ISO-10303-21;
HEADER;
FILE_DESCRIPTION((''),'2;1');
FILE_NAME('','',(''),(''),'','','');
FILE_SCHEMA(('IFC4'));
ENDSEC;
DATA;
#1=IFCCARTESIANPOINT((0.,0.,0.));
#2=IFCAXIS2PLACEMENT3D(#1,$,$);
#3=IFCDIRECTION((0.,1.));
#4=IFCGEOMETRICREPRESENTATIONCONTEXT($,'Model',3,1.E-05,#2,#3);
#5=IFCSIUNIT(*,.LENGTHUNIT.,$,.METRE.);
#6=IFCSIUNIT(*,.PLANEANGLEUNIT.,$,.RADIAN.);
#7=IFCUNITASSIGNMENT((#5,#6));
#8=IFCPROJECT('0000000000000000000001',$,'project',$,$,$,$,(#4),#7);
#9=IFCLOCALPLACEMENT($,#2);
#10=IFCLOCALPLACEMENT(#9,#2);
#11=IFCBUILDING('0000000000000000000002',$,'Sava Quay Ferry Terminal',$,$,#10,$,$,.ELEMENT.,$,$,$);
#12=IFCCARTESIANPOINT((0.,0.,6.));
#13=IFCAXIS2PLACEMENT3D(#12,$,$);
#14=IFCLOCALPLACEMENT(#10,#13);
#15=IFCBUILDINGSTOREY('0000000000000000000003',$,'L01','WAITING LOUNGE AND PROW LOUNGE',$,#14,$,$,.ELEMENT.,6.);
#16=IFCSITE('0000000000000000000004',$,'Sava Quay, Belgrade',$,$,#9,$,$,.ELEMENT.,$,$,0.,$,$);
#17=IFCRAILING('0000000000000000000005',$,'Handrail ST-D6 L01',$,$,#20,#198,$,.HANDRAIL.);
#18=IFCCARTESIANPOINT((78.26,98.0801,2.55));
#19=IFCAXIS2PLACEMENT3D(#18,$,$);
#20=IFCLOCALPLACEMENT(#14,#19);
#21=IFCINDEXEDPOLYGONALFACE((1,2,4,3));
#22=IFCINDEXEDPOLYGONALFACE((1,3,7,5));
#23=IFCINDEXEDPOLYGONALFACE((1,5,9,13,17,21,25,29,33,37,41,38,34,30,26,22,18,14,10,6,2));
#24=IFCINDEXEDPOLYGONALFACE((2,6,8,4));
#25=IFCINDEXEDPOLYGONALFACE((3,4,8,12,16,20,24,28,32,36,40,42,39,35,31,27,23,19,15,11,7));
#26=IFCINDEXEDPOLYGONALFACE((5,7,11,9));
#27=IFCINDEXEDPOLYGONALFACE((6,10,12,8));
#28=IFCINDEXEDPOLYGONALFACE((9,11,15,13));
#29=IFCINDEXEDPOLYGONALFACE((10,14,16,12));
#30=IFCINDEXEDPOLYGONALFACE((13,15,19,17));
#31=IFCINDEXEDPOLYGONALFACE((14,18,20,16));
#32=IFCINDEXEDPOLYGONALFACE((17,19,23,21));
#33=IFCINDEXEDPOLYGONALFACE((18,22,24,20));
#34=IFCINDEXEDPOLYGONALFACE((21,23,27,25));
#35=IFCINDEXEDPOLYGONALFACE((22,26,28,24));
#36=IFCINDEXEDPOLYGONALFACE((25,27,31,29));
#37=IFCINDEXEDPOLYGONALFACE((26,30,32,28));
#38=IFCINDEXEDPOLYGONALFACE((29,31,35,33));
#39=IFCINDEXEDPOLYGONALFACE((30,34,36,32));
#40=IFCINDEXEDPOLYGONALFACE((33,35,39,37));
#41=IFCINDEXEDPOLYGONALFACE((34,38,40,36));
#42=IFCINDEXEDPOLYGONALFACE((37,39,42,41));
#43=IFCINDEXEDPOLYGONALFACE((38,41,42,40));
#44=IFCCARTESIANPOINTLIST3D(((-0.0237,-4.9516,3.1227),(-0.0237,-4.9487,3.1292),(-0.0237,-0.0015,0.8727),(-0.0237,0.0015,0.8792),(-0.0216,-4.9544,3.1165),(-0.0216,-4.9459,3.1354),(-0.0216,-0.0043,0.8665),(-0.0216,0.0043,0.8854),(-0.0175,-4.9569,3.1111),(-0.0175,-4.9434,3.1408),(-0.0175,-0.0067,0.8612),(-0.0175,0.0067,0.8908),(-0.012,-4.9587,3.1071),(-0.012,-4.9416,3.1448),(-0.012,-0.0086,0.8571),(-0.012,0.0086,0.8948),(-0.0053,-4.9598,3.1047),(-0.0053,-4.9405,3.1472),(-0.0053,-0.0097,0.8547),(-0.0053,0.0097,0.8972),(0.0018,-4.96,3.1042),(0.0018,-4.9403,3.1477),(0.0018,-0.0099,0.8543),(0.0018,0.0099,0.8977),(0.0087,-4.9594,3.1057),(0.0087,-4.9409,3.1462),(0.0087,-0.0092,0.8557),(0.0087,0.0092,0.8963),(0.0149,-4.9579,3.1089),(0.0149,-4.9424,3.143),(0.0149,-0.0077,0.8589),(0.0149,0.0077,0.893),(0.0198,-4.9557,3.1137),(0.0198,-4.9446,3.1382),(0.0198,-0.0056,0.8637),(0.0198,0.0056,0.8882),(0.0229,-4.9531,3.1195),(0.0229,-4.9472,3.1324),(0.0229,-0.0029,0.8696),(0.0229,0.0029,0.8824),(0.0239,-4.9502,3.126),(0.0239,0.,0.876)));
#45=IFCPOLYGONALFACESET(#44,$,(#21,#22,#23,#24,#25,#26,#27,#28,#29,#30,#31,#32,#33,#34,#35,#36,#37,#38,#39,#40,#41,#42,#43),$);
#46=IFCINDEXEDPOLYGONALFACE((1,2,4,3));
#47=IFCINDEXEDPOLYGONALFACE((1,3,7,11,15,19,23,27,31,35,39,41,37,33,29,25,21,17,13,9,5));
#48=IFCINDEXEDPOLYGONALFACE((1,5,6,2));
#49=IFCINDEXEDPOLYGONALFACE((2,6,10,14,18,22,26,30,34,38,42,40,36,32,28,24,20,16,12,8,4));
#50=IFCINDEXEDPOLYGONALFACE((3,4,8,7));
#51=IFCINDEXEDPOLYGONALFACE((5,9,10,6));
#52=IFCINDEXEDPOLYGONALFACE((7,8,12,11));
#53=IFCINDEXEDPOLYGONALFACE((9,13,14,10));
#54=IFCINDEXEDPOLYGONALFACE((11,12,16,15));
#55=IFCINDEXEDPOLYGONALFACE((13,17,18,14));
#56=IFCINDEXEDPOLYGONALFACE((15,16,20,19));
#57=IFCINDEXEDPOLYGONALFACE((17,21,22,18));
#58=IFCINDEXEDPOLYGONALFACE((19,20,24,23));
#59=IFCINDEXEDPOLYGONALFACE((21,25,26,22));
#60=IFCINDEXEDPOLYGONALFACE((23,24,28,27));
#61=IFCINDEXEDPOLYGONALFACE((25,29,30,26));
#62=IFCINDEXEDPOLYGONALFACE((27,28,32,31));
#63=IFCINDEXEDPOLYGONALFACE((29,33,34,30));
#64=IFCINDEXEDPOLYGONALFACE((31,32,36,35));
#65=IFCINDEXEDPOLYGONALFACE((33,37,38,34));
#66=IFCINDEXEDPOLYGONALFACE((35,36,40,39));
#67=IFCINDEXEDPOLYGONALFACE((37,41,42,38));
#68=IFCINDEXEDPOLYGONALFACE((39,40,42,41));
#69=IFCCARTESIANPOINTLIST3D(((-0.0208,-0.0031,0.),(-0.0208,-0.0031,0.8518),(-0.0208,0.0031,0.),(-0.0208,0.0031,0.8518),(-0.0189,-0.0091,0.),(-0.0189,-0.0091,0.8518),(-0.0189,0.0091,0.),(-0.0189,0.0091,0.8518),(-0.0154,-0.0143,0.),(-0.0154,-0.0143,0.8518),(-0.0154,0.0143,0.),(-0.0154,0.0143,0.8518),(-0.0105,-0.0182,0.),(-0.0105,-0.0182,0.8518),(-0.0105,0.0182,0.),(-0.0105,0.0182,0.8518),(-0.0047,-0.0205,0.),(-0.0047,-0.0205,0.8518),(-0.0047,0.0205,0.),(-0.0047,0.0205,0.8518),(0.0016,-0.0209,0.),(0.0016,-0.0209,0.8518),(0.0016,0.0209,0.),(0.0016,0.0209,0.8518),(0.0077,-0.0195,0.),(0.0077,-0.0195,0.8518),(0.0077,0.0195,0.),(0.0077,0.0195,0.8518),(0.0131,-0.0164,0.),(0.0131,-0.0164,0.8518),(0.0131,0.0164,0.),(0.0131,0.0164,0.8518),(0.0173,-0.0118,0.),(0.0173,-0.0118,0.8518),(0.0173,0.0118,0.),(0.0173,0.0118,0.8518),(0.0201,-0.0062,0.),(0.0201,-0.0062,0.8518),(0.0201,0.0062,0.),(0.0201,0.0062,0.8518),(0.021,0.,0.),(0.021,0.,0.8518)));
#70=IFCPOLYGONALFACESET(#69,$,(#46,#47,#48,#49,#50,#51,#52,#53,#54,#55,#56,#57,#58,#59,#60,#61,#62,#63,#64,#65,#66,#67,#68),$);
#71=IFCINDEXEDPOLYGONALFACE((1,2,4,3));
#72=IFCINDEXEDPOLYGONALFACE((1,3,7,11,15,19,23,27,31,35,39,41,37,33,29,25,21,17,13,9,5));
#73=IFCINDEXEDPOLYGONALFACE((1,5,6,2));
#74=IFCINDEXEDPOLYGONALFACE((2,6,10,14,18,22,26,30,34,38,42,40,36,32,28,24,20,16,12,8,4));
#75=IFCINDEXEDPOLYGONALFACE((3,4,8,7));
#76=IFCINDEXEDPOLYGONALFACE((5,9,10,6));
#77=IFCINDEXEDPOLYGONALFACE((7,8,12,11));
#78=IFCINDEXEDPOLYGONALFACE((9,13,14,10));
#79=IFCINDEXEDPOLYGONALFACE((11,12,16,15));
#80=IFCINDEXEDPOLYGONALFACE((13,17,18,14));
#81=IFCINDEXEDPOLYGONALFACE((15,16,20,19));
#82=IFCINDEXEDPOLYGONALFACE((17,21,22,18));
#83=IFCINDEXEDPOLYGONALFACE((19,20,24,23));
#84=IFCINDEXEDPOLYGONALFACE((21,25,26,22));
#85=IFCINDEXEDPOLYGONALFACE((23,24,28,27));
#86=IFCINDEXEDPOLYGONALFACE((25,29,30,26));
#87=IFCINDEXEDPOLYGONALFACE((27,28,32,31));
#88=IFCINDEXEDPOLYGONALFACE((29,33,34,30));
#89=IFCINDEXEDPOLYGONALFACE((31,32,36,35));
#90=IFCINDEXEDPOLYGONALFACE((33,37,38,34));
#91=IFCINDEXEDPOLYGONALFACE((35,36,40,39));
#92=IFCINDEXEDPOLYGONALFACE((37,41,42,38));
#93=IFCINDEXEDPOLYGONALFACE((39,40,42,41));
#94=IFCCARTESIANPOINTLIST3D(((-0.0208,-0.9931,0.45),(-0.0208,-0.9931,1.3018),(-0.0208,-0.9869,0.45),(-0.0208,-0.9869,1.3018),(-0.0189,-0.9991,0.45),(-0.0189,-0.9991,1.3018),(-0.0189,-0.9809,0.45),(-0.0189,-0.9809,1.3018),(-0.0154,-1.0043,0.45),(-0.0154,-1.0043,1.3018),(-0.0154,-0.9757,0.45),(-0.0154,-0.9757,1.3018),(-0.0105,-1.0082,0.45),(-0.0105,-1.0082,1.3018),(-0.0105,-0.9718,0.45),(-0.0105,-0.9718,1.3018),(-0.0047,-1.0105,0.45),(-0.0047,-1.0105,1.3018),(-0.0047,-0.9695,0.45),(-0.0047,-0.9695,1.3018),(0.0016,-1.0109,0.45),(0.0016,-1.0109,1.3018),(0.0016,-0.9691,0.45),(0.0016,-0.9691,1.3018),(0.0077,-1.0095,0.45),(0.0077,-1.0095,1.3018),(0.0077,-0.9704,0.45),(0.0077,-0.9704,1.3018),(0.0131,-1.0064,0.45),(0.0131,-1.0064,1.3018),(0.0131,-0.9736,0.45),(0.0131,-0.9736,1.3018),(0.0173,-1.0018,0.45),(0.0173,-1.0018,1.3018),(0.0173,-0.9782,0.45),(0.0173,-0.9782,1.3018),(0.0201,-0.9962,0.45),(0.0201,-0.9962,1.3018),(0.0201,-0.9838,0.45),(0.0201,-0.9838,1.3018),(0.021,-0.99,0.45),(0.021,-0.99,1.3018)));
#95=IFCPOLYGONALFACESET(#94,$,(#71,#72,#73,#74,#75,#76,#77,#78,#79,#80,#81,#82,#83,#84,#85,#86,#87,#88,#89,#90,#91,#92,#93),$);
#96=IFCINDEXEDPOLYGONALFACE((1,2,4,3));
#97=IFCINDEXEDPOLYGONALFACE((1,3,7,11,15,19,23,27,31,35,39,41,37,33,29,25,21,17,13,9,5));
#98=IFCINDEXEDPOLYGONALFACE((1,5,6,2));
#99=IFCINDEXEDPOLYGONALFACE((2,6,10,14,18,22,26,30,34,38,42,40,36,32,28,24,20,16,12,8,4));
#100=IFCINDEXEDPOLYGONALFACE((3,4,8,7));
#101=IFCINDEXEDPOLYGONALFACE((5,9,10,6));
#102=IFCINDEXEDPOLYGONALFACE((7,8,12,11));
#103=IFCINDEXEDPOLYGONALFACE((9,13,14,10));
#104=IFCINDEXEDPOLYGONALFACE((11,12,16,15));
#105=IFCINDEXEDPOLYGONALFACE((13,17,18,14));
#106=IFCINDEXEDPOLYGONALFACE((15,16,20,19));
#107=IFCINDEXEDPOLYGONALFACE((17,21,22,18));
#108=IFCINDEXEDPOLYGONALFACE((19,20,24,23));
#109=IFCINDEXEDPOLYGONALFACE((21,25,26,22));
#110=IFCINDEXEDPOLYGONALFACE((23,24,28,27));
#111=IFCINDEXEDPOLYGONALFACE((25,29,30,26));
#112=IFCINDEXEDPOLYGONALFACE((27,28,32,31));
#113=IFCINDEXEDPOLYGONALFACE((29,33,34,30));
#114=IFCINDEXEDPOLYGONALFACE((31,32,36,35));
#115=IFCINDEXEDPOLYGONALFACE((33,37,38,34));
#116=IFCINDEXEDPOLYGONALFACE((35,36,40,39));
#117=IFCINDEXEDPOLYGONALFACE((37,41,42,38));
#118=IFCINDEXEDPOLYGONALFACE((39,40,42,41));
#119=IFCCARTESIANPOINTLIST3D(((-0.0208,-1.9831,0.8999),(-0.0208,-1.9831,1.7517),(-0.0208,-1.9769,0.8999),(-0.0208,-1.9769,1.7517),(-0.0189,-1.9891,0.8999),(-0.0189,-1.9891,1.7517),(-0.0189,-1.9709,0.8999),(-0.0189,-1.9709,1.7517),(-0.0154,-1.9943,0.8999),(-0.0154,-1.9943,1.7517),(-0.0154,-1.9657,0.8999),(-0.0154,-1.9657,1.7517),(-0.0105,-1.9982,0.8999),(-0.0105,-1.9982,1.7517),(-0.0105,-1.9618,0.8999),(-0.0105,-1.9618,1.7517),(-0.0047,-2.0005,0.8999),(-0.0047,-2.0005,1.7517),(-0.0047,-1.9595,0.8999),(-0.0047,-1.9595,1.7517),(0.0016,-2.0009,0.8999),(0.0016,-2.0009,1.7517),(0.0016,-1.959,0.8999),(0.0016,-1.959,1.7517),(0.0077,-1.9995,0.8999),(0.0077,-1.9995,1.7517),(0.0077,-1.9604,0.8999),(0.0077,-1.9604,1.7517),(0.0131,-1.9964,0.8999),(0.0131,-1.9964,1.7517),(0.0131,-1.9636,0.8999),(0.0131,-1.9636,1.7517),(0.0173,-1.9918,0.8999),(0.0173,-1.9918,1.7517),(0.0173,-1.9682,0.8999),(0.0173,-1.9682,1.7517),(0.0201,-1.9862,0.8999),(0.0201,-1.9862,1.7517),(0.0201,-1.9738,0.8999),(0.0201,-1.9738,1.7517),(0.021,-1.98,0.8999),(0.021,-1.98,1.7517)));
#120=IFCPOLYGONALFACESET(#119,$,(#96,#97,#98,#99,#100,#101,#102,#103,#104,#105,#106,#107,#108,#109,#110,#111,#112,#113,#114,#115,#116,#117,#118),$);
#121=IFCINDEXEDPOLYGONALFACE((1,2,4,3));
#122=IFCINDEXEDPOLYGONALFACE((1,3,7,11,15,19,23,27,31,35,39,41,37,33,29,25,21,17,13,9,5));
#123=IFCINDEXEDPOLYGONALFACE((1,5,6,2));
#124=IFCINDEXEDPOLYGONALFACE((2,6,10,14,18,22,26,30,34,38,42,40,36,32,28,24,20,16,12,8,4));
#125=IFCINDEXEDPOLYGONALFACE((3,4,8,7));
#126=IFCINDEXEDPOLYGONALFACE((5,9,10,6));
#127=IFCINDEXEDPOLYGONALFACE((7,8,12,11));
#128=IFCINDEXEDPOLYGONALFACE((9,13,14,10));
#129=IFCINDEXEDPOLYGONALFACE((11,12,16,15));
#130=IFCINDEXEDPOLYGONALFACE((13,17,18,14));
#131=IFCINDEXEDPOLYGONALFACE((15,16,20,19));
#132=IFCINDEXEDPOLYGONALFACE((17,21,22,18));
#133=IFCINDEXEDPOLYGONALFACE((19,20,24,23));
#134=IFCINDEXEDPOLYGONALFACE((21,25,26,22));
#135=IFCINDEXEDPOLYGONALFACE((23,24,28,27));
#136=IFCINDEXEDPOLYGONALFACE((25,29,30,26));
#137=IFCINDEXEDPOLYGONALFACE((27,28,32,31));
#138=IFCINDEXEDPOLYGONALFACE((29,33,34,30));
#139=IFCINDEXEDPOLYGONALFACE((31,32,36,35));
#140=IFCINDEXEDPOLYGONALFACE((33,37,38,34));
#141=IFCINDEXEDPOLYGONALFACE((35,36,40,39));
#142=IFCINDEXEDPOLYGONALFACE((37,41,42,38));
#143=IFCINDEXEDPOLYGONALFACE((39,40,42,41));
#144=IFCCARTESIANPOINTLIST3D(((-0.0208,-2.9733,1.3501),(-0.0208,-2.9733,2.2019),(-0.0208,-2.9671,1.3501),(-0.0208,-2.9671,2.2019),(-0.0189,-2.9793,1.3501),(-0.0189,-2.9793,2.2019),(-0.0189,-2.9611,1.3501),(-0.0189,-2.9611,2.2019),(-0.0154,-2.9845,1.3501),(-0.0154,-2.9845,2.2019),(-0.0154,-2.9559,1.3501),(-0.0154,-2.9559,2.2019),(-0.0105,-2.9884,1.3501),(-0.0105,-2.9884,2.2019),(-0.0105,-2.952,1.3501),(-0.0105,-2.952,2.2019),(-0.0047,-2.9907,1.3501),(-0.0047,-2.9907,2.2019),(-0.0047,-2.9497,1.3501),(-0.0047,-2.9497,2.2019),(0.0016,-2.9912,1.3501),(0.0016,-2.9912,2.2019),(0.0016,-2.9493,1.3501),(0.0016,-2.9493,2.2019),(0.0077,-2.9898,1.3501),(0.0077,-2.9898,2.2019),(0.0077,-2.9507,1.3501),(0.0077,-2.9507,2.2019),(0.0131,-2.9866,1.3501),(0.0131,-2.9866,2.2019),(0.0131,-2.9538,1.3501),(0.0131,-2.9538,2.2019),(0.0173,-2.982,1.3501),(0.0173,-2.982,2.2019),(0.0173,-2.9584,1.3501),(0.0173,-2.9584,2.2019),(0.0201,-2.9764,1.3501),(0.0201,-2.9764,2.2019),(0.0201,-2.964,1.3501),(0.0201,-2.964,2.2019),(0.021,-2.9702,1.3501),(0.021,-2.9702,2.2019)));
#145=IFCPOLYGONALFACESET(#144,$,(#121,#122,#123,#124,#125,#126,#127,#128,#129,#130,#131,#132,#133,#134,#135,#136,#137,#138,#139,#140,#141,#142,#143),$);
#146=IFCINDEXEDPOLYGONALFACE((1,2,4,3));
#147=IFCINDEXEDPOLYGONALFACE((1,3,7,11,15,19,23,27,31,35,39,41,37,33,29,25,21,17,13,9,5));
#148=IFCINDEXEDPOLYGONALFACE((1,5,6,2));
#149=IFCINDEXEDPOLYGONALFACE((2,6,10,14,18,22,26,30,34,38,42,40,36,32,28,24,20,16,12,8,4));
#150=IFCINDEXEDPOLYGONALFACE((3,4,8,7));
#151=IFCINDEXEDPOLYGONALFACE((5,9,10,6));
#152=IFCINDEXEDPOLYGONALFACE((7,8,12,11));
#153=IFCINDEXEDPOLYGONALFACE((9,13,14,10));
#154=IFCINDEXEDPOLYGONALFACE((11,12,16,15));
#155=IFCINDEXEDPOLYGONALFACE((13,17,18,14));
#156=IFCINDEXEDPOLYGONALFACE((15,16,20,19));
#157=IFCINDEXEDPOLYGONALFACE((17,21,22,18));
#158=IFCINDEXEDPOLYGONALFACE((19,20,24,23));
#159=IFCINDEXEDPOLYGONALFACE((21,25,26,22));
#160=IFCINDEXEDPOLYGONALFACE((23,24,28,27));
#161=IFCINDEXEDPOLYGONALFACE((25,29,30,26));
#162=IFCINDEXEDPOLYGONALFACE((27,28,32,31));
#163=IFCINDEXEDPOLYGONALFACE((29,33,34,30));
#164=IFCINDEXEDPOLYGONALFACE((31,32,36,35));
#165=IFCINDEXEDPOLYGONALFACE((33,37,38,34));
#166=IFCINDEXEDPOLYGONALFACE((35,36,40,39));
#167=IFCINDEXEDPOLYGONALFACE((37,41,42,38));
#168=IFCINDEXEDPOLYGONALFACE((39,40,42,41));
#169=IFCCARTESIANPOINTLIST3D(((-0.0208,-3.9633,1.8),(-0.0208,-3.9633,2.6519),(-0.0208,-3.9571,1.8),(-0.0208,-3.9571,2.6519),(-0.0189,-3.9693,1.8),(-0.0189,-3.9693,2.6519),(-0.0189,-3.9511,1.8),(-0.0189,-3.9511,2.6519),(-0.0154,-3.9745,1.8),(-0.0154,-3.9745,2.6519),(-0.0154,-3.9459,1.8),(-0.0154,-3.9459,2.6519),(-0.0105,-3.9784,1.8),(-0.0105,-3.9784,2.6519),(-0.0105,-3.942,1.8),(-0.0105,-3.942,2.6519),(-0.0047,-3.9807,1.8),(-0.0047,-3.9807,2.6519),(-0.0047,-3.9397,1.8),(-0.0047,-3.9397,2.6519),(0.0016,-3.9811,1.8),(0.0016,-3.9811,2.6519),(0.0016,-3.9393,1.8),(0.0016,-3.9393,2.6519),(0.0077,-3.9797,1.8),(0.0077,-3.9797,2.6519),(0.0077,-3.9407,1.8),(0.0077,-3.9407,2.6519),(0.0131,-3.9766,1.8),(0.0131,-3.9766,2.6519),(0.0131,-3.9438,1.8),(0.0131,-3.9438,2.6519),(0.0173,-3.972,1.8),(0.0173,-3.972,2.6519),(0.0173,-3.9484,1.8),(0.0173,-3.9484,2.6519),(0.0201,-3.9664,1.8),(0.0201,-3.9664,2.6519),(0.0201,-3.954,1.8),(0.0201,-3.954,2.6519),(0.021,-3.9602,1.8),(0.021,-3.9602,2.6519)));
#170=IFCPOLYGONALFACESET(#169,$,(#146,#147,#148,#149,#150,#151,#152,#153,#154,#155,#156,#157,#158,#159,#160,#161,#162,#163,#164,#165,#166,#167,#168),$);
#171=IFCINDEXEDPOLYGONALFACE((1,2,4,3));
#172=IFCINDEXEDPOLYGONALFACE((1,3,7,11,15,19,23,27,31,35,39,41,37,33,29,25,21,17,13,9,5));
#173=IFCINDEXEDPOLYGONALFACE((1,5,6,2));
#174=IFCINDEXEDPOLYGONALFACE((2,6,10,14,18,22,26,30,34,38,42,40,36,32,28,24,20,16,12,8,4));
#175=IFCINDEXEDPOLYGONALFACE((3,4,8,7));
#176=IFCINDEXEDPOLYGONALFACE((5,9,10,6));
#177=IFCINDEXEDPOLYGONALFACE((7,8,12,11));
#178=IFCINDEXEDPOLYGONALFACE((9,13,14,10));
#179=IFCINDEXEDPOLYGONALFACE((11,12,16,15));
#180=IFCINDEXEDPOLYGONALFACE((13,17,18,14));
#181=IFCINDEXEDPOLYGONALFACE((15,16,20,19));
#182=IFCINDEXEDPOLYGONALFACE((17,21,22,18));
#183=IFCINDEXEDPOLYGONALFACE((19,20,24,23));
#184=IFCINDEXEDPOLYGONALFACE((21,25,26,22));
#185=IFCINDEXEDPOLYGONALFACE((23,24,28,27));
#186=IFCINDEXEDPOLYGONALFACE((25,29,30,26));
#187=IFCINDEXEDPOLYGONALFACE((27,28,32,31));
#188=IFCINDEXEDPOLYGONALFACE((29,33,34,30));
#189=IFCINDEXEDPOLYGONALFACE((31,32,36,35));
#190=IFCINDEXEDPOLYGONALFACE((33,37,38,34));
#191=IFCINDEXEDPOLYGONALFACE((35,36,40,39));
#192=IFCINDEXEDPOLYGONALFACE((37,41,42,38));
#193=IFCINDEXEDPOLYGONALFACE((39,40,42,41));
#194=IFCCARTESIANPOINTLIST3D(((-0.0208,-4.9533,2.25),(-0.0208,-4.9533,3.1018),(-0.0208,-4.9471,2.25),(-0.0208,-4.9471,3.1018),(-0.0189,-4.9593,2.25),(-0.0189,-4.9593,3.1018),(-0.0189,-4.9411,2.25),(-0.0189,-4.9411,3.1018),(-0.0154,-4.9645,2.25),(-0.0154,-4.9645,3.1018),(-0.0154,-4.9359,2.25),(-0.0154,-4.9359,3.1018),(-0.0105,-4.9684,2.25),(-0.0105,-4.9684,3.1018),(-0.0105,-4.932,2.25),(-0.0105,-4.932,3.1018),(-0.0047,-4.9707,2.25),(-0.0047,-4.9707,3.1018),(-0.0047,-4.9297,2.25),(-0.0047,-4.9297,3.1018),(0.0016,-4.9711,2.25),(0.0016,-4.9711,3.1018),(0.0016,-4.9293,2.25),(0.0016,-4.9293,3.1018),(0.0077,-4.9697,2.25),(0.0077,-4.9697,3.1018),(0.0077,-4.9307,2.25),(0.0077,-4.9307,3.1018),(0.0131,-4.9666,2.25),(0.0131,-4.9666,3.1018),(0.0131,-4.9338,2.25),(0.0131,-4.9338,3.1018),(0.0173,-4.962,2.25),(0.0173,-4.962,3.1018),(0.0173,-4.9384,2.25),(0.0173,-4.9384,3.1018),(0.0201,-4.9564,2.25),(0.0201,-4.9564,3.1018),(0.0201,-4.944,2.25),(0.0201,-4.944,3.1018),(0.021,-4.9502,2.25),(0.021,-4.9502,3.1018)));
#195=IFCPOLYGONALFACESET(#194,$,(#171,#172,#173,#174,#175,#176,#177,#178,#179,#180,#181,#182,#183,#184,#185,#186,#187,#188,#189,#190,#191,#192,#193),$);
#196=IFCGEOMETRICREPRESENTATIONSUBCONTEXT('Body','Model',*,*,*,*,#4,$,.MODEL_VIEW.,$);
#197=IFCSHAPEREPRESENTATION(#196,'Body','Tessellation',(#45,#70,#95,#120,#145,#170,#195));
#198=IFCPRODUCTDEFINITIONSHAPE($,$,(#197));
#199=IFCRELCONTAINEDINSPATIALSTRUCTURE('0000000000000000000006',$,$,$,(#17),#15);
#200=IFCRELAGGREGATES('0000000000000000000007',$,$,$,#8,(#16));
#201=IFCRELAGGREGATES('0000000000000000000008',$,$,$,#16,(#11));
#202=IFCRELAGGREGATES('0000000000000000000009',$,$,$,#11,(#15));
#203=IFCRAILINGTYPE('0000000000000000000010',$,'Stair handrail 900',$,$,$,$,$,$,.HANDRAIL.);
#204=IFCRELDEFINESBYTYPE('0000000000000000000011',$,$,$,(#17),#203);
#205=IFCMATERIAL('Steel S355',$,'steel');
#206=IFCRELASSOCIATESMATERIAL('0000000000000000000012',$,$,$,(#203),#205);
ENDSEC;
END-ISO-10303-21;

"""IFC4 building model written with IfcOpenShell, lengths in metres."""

from ifc_helpers import new_model, si_unit, direction, frame, origin, origin_2d, place, context, subcontext, project, spatial, circle, extrude, material, type_object, element, save


model = new_model("IFC4")

# Units and contexts
model_context = context("Model", 3, precision=1e-05, world=origin(), true_north=direction((0.0, 1.0)))
body_context = subcontext(model_context, "Body", "Model", "MODEL_VIEW")
ifc_project = project(units=[si_unit("LENGTHUNIT", "METRE"), si_unit("PLANEANGLEUNIT", "RADIAN")], contexts=[model_context])

# Site, building, storey
site_placement = place(None, origin())
site = spatial("IfcSite", under=ifc_project, at=site_placement, Name="Sava Quay, Belgrade", CompositionType="ELEMENT", RefElevation=0.0)
building_placement = place(site_placement, origin())
building = spatial("IfcBuilding", under=site, at=building_placement, Name="Sava Quay Ferry Terminal", CompositionType="ELEMENT")
storey_placement = place(building_placement, frame((0.0, 0.0, 6.0)))
storey = spatial("IfcBuildingStorey", under=building, at=storey_placement, Name="L01", Description="WAITING LOUNGE AND PROW LOUNGE", CompositionType="ELEMENT", Elevation=6.0)

# Railing
ifc_material_1 = material(Name="Steel S355", Category="steel")
railing_type_1 = type_object("IfcRailingType", Name="Stair handrail 900", PredefinedType="HANDRAIL", material=ifc_material_1)
railing_1_placement = place(storey_placement, frame((78.26, 98.0801, 2.55)))
element("IfcRailing", 1, at=railing_1_placement, inside=storey, type_object=railing_type_1, Name="Handrail ST-D6 L01", PredefinedType="HANDRAIL", context=body_context, shape_type="SweptSolid", body=[
    extrude(circle(Radius=0.0239, at=origin_2d()), frame((0.0, 0.0, 0.876), z_axis=(0.0, -0.910373, 0.413789), x_axis=(1.0, 0.0, 0.0)), (0.0, 0.0, 1.0), 5.4375),
    extrude(circle(Radius=0.021, at=origin_2d()), origin(), (0.0, 0.0, 1.0), 0.8518),
    extrude(circle(Radius=0.021, at=origin_2d()), frame((0.0, -0.99, 0.45)), (0.0, 0.0, 1.0), 0.8518),
    extrude(circle(Radius=0.021, at=origin_2d()), frame((0.0, -1.98, 0.8999)), (0.0, 0.0, 1.0), 0.8518),
    extrude(circle(Radius=0.021, at=origin_2d()), frame((0.0, -2.9702, 1.3501)), (0.0, 0.0, 1.0), 0.8518),
    extrude(circle(Radius=0.021, at=origin_2d()), frame((0.0, -3.9602, 1.8)), (0.0, 0.0, 1.0), 0.8518),
    extrude(circle(Radius=0.021, at=origin_2d()), frame((0.0, -4.9502, 2.25)), (0.0, 0.0, 1.0), 0.8518),
])

save(model, "model.ifc")
